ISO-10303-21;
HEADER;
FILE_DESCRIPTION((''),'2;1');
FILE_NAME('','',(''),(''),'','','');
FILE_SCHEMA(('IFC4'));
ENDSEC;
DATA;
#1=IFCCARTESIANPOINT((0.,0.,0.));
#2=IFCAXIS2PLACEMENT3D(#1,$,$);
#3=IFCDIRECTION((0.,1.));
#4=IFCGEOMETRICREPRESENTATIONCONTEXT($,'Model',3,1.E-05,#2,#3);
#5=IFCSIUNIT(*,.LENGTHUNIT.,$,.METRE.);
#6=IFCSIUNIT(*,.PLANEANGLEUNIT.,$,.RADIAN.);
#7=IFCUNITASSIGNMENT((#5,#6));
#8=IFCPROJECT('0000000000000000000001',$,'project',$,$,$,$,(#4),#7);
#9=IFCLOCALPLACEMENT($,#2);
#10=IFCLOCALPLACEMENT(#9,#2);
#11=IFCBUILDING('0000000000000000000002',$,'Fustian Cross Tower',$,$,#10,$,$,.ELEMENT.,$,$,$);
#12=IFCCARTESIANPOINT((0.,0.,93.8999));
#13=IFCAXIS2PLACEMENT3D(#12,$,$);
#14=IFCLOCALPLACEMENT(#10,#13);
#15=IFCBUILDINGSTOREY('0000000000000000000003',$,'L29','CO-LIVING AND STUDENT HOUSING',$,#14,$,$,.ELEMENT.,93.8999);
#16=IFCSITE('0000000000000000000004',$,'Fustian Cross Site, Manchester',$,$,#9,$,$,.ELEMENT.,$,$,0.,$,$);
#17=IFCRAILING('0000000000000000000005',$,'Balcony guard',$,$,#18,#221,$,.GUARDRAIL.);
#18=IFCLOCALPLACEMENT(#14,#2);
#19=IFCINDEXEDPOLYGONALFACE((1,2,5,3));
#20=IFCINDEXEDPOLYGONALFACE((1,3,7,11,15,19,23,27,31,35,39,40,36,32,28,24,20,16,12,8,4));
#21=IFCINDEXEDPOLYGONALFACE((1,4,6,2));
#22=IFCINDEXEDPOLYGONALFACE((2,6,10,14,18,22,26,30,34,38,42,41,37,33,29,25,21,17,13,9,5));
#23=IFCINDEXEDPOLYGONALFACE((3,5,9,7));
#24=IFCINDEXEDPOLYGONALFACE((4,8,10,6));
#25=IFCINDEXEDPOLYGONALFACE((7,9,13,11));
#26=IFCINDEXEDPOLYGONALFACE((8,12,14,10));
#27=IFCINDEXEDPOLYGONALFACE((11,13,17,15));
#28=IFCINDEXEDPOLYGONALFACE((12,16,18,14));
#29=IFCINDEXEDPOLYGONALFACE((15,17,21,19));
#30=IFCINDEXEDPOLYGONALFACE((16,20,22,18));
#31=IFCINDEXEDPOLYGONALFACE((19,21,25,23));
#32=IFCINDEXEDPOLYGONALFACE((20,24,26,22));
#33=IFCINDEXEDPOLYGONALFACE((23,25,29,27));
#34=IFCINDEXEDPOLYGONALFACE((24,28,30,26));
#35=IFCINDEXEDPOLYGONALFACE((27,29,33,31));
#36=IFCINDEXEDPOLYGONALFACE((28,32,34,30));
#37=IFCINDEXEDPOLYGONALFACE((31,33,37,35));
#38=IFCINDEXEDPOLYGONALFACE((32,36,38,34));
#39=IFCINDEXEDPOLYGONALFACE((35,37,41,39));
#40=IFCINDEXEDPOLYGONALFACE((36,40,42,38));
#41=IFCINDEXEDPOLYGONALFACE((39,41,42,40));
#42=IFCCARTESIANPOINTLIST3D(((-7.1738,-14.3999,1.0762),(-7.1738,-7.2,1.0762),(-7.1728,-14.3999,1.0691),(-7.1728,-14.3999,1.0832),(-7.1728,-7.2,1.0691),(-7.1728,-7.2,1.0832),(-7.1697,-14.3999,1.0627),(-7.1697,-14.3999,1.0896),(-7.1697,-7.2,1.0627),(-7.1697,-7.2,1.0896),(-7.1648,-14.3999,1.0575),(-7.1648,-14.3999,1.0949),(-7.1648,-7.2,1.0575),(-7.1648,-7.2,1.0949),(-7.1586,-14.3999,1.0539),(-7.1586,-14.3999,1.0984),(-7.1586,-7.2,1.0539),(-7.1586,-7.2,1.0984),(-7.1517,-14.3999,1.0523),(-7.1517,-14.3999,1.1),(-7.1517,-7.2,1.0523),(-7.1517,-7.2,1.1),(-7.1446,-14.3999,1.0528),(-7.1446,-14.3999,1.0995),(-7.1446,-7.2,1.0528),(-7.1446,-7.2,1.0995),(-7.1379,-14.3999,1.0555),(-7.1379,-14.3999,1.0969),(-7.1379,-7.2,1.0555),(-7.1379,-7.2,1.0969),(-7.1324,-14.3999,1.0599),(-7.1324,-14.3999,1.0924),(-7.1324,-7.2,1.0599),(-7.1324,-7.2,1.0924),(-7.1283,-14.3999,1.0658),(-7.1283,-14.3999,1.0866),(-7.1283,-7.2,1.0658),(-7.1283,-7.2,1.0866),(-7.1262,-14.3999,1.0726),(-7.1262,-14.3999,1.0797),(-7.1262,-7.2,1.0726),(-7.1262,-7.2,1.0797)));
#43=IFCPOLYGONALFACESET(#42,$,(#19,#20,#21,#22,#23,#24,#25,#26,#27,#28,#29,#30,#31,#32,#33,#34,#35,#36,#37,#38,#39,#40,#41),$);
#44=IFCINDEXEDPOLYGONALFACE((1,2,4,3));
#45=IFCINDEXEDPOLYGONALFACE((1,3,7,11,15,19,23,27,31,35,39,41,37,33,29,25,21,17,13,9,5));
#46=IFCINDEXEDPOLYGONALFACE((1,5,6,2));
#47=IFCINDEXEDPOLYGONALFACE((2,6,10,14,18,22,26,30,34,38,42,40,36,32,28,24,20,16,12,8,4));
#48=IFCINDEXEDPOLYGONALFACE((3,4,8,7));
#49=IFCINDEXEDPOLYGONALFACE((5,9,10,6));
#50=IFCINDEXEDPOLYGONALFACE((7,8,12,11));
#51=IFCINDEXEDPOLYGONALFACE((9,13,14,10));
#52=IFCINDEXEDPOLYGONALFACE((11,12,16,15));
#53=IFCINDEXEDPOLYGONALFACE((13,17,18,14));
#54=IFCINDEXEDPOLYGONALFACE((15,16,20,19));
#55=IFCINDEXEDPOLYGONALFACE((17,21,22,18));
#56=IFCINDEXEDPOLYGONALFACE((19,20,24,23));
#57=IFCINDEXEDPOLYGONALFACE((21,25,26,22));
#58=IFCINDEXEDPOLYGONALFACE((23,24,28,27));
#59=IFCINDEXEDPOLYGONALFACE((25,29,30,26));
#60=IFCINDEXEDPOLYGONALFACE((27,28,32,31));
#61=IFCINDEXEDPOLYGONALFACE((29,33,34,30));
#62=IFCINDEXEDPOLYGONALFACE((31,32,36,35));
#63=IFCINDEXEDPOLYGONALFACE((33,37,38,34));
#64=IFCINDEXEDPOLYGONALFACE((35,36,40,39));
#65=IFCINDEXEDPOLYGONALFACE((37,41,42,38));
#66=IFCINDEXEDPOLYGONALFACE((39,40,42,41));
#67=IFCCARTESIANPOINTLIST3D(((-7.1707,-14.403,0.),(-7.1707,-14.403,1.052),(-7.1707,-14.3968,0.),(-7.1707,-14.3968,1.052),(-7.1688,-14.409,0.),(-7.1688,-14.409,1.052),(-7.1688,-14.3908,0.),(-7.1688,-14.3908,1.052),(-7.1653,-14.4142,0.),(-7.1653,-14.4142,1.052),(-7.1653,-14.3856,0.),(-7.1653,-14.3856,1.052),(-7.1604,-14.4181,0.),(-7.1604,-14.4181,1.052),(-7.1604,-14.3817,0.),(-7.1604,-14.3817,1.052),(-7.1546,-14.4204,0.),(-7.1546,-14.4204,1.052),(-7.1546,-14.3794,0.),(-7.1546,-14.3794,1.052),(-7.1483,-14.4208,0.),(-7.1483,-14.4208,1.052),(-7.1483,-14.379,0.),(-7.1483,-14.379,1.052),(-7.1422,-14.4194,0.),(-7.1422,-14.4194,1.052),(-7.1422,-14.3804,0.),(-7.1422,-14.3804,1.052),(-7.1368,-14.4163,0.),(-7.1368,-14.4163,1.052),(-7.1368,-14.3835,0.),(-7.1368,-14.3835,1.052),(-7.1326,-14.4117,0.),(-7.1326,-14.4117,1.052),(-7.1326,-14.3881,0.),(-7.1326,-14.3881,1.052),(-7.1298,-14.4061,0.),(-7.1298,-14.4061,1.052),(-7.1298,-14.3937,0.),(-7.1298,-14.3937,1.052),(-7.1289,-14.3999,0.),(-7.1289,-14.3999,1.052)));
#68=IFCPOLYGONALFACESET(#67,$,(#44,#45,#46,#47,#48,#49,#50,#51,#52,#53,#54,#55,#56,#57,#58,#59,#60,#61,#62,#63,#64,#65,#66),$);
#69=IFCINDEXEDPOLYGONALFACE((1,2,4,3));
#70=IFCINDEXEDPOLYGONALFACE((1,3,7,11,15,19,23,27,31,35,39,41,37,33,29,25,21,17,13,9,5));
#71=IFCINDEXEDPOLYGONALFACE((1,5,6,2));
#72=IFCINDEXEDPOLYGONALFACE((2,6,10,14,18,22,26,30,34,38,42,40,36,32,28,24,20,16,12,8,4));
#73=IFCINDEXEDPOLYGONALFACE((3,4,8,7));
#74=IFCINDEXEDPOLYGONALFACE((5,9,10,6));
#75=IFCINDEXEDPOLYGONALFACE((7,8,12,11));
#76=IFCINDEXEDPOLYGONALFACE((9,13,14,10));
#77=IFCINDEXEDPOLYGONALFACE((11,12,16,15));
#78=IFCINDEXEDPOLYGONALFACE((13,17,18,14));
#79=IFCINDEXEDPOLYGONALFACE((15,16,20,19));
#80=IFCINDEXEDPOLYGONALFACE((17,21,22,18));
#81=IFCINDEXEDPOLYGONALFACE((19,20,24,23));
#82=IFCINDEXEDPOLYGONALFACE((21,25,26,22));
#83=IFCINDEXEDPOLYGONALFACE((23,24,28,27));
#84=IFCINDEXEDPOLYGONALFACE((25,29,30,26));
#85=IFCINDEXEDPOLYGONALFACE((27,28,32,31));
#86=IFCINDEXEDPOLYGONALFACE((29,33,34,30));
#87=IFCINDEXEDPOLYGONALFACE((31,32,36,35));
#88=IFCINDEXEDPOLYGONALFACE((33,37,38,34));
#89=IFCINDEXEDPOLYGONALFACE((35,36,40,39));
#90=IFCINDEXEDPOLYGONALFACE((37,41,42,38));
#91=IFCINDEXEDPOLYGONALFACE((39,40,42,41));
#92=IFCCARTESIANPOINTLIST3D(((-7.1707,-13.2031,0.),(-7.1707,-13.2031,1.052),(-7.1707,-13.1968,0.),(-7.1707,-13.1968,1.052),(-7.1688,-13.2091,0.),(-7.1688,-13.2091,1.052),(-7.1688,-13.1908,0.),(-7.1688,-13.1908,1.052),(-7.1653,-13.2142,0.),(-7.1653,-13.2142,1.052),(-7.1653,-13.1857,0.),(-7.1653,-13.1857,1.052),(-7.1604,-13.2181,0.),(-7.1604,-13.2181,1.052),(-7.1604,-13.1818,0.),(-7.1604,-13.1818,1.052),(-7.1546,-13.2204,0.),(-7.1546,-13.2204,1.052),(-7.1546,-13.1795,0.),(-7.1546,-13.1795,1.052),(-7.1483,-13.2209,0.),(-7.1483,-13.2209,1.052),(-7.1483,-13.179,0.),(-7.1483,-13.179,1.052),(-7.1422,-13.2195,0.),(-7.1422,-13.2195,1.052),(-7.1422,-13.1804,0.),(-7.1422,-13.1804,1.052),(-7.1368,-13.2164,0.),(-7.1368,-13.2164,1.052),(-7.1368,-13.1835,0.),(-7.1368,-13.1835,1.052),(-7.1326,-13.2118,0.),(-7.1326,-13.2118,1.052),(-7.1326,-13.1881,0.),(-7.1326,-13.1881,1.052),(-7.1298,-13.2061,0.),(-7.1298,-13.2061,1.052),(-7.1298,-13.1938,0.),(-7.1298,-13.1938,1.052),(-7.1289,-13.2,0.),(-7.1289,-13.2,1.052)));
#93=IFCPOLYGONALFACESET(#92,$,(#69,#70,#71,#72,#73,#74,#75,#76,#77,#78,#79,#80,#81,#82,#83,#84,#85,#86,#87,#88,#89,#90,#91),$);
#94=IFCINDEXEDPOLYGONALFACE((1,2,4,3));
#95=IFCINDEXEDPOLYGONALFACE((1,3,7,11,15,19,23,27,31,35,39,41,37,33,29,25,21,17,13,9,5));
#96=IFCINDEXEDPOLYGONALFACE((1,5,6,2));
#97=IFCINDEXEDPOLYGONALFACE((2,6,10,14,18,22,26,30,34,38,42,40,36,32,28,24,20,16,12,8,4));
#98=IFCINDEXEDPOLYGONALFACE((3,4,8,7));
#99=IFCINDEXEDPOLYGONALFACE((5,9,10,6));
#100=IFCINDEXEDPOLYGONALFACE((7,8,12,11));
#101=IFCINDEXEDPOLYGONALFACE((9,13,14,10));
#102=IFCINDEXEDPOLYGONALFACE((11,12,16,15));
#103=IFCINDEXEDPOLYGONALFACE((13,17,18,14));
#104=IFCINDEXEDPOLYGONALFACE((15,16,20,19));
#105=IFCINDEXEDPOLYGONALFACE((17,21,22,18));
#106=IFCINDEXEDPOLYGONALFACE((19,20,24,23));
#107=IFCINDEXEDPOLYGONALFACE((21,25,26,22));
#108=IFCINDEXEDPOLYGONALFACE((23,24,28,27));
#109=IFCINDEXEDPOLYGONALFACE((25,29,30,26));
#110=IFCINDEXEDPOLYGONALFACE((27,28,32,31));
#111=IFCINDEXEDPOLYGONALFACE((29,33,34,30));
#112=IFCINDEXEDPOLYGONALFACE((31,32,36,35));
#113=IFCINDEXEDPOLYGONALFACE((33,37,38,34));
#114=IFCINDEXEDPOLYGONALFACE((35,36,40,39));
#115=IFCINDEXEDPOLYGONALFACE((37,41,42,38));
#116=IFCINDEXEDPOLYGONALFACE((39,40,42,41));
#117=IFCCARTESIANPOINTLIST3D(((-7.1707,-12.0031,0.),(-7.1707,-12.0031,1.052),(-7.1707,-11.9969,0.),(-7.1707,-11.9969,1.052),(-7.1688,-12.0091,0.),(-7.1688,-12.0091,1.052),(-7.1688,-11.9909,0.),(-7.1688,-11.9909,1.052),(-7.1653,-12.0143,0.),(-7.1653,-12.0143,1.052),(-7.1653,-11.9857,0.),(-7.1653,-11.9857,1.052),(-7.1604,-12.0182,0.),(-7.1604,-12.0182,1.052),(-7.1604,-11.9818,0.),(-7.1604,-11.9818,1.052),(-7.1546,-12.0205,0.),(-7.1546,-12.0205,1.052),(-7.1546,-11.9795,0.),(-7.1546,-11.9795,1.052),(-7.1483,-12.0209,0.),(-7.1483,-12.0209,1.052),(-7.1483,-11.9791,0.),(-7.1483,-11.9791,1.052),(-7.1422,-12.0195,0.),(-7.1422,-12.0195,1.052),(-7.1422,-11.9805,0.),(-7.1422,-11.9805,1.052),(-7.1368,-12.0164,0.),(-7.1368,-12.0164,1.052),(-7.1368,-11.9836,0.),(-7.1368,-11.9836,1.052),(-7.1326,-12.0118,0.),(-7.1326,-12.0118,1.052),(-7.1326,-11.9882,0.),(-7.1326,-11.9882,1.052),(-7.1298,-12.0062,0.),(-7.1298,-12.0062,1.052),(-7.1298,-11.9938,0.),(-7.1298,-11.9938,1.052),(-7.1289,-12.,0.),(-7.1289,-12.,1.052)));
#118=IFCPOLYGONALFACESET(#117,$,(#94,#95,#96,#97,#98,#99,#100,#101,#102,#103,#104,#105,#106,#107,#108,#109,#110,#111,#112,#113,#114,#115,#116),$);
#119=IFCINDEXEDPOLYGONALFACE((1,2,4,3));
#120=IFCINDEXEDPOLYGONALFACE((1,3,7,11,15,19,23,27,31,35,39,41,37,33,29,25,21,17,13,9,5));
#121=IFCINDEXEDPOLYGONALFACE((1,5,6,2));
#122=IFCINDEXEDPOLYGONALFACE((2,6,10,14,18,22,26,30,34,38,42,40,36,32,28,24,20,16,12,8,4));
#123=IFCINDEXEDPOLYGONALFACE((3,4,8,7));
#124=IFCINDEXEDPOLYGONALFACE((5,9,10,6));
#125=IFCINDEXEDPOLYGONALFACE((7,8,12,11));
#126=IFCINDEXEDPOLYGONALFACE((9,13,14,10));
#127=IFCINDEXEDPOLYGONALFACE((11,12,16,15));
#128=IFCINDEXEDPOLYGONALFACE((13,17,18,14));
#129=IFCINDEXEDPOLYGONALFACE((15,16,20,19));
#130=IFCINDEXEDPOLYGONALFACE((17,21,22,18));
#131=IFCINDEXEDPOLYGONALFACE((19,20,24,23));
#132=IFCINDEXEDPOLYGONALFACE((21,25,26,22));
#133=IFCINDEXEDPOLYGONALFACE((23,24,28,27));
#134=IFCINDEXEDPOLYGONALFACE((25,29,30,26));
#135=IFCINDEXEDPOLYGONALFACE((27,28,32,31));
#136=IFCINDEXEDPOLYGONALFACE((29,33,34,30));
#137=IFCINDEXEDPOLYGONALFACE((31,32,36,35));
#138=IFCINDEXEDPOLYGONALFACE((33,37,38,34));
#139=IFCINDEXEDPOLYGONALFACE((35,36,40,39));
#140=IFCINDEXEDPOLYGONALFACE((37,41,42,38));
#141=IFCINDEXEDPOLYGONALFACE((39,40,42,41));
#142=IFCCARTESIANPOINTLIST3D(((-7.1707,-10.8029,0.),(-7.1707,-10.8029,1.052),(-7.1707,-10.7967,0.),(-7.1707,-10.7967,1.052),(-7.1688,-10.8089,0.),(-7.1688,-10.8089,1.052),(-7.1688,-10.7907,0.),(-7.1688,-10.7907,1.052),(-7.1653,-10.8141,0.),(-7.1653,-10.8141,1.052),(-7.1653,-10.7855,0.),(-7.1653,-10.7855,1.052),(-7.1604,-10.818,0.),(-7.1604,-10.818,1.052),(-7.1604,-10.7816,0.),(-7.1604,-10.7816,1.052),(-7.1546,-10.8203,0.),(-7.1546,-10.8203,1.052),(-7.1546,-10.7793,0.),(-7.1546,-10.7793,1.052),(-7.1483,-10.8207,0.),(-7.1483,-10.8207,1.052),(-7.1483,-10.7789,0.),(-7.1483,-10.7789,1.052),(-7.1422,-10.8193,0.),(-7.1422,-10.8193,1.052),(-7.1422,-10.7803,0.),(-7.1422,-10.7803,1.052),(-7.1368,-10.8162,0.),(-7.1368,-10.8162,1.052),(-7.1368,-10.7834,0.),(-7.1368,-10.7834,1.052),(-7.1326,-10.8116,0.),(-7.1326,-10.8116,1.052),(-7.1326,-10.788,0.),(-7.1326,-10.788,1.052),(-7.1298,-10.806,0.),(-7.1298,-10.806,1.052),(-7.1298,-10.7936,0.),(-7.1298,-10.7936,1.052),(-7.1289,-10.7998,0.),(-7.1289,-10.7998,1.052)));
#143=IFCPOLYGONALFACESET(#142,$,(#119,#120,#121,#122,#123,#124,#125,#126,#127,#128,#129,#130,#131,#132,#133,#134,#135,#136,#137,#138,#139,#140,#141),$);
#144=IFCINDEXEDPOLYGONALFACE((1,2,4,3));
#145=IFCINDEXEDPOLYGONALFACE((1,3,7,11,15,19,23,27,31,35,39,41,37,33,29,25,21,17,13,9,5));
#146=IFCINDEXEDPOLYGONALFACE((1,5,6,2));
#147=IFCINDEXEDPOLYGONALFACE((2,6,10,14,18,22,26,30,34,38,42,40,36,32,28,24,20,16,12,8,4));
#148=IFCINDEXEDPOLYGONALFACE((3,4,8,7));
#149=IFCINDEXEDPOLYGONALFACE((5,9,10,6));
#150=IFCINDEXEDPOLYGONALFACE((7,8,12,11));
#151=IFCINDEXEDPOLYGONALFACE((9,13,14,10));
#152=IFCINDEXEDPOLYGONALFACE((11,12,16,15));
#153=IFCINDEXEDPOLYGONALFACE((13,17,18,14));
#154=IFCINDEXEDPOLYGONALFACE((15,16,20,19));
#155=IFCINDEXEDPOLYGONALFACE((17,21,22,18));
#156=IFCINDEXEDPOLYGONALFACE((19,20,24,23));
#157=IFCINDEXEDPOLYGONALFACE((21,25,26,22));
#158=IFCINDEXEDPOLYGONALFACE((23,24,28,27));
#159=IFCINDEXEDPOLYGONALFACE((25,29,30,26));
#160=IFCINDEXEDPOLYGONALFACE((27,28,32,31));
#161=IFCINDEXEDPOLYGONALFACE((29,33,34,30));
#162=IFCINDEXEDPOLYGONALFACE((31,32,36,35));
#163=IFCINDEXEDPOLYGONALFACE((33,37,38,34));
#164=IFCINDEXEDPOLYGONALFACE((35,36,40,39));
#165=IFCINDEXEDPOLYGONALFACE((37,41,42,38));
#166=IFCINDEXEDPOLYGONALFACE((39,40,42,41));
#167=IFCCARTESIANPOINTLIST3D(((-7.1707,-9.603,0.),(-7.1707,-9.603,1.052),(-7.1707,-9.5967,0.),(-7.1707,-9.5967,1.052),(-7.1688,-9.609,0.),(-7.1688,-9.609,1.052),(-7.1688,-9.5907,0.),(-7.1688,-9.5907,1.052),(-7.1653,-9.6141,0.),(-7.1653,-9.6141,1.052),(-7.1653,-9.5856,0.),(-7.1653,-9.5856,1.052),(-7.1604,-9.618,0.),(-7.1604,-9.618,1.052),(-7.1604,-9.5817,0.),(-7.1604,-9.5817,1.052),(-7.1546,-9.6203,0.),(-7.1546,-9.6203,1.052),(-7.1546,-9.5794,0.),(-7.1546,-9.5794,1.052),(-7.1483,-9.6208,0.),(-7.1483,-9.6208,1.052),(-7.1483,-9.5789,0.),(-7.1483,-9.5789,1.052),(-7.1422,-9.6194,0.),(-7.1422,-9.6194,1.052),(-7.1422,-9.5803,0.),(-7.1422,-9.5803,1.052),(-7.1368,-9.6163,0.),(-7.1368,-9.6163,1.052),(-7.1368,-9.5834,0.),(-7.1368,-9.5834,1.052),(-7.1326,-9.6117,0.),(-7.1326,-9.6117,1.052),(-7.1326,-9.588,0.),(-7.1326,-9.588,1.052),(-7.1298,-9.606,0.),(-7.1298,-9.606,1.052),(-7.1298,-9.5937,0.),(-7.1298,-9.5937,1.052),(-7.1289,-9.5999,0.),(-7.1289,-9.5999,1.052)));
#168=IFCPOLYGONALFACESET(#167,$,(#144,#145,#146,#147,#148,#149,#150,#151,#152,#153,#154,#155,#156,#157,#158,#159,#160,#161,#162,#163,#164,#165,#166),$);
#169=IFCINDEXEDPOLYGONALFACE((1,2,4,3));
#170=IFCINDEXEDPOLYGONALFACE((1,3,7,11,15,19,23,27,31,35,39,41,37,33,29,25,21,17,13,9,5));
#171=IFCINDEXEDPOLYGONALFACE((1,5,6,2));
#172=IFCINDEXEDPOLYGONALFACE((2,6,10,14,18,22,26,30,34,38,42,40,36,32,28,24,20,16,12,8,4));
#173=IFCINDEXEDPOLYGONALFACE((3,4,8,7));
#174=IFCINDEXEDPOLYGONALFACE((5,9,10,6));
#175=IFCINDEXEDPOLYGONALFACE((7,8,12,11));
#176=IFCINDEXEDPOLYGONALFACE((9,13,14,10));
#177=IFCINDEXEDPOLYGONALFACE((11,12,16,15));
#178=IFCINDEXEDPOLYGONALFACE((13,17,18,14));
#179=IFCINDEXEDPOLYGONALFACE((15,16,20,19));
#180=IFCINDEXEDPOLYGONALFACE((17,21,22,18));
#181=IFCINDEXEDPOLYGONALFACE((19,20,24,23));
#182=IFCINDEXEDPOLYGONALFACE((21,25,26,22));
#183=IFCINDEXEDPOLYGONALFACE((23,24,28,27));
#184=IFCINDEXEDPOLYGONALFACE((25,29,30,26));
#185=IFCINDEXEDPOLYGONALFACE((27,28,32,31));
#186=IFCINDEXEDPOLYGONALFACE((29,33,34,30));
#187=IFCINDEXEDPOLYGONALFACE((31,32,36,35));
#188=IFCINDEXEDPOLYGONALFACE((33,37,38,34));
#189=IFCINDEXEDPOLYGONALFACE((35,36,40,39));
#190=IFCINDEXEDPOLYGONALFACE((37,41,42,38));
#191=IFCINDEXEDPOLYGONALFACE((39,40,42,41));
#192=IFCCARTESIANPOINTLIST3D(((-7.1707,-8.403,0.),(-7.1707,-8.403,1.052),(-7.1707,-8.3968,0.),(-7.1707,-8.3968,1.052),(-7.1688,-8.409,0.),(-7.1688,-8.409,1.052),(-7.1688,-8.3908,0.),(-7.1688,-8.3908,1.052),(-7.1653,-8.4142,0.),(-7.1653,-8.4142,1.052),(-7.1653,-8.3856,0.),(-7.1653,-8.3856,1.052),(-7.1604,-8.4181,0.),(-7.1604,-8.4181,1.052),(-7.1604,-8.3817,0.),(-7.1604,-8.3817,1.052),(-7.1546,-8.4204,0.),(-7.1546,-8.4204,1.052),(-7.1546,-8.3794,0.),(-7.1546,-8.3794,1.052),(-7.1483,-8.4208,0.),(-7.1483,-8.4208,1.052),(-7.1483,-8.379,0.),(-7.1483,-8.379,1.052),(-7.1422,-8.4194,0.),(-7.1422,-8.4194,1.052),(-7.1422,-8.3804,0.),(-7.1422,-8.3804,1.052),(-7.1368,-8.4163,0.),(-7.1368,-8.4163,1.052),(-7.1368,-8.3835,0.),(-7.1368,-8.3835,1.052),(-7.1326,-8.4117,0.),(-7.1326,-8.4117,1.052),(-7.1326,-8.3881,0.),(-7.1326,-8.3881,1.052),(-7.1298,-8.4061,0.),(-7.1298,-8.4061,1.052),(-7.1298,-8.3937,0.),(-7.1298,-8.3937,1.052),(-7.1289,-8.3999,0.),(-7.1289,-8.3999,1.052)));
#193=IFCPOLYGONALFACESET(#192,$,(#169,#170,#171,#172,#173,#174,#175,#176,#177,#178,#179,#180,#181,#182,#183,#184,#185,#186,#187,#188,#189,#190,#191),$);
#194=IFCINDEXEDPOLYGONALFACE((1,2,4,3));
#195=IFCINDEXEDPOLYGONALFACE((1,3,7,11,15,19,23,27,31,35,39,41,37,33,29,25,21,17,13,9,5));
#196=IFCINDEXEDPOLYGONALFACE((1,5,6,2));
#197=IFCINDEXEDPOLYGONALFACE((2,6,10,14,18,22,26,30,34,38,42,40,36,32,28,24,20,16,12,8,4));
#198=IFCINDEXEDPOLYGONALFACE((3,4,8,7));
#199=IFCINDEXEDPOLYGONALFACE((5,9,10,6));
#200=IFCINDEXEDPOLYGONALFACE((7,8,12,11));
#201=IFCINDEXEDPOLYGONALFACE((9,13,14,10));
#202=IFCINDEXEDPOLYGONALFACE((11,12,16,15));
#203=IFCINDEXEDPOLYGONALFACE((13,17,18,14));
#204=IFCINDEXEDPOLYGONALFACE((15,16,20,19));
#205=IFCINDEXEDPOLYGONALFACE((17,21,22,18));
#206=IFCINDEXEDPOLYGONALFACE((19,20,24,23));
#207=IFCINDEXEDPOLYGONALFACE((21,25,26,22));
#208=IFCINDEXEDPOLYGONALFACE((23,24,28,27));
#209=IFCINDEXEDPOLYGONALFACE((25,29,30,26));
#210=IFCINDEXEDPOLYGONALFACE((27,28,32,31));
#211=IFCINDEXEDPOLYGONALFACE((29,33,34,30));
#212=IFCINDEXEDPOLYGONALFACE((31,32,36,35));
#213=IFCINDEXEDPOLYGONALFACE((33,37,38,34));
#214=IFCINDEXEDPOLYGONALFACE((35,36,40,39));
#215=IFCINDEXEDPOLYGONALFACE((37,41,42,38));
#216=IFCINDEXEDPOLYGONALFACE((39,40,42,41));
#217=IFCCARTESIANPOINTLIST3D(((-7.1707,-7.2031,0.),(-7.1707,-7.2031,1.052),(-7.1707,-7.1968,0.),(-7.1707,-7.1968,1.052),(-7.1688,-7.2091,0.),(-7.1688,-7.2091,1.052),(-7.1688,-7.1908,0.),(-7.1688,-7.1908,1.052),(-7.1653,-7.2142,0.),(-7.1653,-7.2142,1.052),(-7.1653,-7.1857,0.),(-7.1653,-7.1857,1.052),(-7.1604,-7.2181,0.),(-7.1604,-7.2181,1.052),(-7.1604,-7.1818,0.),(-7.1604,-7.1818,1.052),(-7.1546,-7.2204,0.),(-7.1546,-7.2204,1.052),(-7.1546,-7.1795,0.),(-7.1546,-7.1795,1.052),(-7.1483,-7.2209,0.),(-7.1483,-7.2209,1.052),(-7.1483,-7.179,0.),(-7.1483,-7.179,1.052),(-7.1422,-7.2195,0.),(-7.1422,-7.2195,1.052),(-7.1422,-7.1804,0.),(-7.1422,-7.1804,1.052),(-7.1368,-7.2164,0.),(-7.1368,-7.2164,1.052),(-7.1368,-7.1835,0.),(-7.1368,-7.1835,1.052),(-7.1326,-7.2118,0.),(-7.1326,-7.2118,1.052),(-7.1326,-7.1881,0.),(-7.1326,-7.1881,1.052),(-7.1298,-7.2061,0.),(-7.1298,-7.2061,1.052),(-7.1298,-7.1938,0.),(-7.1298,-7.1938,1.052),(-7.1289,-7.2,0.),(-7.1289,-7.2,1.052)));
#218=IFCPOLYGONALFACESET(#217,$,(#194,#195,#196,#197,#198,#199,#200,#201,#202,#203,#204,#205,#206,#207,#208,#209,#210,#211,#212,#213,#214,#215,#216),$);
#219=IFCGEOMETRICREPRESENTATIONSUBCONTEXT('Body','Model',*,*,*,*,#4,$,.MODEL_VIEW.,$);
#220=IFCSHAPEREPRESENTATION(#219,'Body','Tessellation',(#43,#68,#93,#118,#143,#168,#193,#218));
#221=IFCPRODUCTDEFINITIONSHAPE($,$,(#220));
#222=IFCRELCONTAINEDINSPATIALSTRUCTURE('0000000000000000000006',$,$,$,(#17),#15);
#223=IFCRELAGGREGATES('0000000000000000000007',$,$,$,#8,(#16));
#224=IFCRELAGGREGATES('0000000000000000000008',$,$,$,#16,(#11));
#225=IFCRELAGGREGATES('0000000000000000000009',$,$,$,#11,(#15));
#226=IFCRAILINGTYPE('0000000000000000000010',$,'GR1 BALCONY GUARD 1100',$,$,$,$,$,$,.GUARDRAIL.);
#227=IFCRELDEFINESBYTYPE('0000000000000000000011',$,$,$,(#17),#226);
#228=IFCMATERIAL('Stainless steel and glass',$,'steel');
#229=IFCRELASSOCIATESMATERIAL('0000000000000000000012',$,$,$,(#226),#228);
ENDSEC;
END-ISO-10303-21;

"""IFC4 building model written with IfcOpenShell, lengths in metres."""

from ifc_helpers import new_model, si_unit, direction, frame, origin, origin_2d, place, context, subcontext, project, spatial, circle, extrude, material, type_object, element, save


model = new_model("IFC4")

# Units and contexts
model_context = context("Model", 3, precision=1e-05, world=origin(), true_north=direction((0.0, 1.0)))
body_context = subcontext(model_context, "Body", "Model", "MODEL_VIEW")
ifc_project = project(units=[si_unit("LENGTHUNIT", "METRE"), si_unit("PLANEANGLEUNIT", "RADIAN")], contexts=[model_context])

# Site, building, storey
site_placement = place(None, origin())
site = spatial("IfcSite", under=ifc_project, at=site_placement, Name="Fustian Cross Site, Manchester", CompositionType="ELEMENT", RefElevation=0.0)
building_placement = place(site_placement, origin())
building = spatial("IfcBuilding", under=site, at=building_placement, Name="Fustian Cross Tower", CompositionType="ELEMENT")
storey_placement = place(building_placement, frame((0.0, 0.0, 93.8999)))
storey = spatial("IfcBuildingStorey", under=building, at=storey_placement, Name="L29", Description="CO-LIVING AND STUDENT HOUSING", CompositionType="ELEMENT", Elevation=93.8999)

# Railing
ifc_material_1 = material(Name="Stainless steel and glass", Category="steel")
railing_type = type_object("IfcRailingType", Name="GR1 BALCONY GUARD 1100", PredefinedType="GUARDRAIL", material=ifc_material_1)
railing_placement = place(storey_placement, frame((-7.1499, -14.3999, 0.0)))
element("IfcRailing", 1, at=railing_placement, inside=storey, type_object=railing_type, Name="Balcony guard", PredefinedType="GUARDRAIL", context=body_context, shape_type="SweptSolid", body=[
    extrude(circle(Radius=0.0239, at=origin_2d()), frame((0.0, 0.0, 1.0762), z_axis=(0.0, 1.0, 0.0), x_axis=(-1.0, 0.0, 0.0)), (0.0, 0.0, 1.0), 7.2),
    extrude(circle(Radius=0.021, at=origin_2d()), origin(), (0.0, 0.0, 1.0), 1.052),
    extrude(circle(Radius=0.021, at=origin_2d()), frame((0.0, 1.2, 0.0)), (0.0, 0.0, 1.0), 1.052),
    extrude(circle(Radius=0.021, at=origin_2d()), frame((0.0, 2.3999, 0.0)), (0.0, 0.0, 1.0), 1.052),
    extrude(circle(Radius=0.021, at=origin_2d()), frame((0.0, 3.6001, 0.0)), (0.0, 0.0, 1.0), 1.052),
    extrude(circle(Radius=0.021, at=origin_2d()), frame((0.0, 4.8, 0.0)), (0.0, 0.0, 1.0), 1.052),
    extrude(circle(Radius=0.021, at=origin_2d()), frame((0.0, 6.0, 0.0)), (0.0, 0.0, 1.0), 1.052),
    extrude(circle(Radius=0.021, at=origin_2d()), frame((0.0, 7.2, 0.0)), (0.0, 0.0, 1.0), 1.052),
])

save(model, "model.ifc")
